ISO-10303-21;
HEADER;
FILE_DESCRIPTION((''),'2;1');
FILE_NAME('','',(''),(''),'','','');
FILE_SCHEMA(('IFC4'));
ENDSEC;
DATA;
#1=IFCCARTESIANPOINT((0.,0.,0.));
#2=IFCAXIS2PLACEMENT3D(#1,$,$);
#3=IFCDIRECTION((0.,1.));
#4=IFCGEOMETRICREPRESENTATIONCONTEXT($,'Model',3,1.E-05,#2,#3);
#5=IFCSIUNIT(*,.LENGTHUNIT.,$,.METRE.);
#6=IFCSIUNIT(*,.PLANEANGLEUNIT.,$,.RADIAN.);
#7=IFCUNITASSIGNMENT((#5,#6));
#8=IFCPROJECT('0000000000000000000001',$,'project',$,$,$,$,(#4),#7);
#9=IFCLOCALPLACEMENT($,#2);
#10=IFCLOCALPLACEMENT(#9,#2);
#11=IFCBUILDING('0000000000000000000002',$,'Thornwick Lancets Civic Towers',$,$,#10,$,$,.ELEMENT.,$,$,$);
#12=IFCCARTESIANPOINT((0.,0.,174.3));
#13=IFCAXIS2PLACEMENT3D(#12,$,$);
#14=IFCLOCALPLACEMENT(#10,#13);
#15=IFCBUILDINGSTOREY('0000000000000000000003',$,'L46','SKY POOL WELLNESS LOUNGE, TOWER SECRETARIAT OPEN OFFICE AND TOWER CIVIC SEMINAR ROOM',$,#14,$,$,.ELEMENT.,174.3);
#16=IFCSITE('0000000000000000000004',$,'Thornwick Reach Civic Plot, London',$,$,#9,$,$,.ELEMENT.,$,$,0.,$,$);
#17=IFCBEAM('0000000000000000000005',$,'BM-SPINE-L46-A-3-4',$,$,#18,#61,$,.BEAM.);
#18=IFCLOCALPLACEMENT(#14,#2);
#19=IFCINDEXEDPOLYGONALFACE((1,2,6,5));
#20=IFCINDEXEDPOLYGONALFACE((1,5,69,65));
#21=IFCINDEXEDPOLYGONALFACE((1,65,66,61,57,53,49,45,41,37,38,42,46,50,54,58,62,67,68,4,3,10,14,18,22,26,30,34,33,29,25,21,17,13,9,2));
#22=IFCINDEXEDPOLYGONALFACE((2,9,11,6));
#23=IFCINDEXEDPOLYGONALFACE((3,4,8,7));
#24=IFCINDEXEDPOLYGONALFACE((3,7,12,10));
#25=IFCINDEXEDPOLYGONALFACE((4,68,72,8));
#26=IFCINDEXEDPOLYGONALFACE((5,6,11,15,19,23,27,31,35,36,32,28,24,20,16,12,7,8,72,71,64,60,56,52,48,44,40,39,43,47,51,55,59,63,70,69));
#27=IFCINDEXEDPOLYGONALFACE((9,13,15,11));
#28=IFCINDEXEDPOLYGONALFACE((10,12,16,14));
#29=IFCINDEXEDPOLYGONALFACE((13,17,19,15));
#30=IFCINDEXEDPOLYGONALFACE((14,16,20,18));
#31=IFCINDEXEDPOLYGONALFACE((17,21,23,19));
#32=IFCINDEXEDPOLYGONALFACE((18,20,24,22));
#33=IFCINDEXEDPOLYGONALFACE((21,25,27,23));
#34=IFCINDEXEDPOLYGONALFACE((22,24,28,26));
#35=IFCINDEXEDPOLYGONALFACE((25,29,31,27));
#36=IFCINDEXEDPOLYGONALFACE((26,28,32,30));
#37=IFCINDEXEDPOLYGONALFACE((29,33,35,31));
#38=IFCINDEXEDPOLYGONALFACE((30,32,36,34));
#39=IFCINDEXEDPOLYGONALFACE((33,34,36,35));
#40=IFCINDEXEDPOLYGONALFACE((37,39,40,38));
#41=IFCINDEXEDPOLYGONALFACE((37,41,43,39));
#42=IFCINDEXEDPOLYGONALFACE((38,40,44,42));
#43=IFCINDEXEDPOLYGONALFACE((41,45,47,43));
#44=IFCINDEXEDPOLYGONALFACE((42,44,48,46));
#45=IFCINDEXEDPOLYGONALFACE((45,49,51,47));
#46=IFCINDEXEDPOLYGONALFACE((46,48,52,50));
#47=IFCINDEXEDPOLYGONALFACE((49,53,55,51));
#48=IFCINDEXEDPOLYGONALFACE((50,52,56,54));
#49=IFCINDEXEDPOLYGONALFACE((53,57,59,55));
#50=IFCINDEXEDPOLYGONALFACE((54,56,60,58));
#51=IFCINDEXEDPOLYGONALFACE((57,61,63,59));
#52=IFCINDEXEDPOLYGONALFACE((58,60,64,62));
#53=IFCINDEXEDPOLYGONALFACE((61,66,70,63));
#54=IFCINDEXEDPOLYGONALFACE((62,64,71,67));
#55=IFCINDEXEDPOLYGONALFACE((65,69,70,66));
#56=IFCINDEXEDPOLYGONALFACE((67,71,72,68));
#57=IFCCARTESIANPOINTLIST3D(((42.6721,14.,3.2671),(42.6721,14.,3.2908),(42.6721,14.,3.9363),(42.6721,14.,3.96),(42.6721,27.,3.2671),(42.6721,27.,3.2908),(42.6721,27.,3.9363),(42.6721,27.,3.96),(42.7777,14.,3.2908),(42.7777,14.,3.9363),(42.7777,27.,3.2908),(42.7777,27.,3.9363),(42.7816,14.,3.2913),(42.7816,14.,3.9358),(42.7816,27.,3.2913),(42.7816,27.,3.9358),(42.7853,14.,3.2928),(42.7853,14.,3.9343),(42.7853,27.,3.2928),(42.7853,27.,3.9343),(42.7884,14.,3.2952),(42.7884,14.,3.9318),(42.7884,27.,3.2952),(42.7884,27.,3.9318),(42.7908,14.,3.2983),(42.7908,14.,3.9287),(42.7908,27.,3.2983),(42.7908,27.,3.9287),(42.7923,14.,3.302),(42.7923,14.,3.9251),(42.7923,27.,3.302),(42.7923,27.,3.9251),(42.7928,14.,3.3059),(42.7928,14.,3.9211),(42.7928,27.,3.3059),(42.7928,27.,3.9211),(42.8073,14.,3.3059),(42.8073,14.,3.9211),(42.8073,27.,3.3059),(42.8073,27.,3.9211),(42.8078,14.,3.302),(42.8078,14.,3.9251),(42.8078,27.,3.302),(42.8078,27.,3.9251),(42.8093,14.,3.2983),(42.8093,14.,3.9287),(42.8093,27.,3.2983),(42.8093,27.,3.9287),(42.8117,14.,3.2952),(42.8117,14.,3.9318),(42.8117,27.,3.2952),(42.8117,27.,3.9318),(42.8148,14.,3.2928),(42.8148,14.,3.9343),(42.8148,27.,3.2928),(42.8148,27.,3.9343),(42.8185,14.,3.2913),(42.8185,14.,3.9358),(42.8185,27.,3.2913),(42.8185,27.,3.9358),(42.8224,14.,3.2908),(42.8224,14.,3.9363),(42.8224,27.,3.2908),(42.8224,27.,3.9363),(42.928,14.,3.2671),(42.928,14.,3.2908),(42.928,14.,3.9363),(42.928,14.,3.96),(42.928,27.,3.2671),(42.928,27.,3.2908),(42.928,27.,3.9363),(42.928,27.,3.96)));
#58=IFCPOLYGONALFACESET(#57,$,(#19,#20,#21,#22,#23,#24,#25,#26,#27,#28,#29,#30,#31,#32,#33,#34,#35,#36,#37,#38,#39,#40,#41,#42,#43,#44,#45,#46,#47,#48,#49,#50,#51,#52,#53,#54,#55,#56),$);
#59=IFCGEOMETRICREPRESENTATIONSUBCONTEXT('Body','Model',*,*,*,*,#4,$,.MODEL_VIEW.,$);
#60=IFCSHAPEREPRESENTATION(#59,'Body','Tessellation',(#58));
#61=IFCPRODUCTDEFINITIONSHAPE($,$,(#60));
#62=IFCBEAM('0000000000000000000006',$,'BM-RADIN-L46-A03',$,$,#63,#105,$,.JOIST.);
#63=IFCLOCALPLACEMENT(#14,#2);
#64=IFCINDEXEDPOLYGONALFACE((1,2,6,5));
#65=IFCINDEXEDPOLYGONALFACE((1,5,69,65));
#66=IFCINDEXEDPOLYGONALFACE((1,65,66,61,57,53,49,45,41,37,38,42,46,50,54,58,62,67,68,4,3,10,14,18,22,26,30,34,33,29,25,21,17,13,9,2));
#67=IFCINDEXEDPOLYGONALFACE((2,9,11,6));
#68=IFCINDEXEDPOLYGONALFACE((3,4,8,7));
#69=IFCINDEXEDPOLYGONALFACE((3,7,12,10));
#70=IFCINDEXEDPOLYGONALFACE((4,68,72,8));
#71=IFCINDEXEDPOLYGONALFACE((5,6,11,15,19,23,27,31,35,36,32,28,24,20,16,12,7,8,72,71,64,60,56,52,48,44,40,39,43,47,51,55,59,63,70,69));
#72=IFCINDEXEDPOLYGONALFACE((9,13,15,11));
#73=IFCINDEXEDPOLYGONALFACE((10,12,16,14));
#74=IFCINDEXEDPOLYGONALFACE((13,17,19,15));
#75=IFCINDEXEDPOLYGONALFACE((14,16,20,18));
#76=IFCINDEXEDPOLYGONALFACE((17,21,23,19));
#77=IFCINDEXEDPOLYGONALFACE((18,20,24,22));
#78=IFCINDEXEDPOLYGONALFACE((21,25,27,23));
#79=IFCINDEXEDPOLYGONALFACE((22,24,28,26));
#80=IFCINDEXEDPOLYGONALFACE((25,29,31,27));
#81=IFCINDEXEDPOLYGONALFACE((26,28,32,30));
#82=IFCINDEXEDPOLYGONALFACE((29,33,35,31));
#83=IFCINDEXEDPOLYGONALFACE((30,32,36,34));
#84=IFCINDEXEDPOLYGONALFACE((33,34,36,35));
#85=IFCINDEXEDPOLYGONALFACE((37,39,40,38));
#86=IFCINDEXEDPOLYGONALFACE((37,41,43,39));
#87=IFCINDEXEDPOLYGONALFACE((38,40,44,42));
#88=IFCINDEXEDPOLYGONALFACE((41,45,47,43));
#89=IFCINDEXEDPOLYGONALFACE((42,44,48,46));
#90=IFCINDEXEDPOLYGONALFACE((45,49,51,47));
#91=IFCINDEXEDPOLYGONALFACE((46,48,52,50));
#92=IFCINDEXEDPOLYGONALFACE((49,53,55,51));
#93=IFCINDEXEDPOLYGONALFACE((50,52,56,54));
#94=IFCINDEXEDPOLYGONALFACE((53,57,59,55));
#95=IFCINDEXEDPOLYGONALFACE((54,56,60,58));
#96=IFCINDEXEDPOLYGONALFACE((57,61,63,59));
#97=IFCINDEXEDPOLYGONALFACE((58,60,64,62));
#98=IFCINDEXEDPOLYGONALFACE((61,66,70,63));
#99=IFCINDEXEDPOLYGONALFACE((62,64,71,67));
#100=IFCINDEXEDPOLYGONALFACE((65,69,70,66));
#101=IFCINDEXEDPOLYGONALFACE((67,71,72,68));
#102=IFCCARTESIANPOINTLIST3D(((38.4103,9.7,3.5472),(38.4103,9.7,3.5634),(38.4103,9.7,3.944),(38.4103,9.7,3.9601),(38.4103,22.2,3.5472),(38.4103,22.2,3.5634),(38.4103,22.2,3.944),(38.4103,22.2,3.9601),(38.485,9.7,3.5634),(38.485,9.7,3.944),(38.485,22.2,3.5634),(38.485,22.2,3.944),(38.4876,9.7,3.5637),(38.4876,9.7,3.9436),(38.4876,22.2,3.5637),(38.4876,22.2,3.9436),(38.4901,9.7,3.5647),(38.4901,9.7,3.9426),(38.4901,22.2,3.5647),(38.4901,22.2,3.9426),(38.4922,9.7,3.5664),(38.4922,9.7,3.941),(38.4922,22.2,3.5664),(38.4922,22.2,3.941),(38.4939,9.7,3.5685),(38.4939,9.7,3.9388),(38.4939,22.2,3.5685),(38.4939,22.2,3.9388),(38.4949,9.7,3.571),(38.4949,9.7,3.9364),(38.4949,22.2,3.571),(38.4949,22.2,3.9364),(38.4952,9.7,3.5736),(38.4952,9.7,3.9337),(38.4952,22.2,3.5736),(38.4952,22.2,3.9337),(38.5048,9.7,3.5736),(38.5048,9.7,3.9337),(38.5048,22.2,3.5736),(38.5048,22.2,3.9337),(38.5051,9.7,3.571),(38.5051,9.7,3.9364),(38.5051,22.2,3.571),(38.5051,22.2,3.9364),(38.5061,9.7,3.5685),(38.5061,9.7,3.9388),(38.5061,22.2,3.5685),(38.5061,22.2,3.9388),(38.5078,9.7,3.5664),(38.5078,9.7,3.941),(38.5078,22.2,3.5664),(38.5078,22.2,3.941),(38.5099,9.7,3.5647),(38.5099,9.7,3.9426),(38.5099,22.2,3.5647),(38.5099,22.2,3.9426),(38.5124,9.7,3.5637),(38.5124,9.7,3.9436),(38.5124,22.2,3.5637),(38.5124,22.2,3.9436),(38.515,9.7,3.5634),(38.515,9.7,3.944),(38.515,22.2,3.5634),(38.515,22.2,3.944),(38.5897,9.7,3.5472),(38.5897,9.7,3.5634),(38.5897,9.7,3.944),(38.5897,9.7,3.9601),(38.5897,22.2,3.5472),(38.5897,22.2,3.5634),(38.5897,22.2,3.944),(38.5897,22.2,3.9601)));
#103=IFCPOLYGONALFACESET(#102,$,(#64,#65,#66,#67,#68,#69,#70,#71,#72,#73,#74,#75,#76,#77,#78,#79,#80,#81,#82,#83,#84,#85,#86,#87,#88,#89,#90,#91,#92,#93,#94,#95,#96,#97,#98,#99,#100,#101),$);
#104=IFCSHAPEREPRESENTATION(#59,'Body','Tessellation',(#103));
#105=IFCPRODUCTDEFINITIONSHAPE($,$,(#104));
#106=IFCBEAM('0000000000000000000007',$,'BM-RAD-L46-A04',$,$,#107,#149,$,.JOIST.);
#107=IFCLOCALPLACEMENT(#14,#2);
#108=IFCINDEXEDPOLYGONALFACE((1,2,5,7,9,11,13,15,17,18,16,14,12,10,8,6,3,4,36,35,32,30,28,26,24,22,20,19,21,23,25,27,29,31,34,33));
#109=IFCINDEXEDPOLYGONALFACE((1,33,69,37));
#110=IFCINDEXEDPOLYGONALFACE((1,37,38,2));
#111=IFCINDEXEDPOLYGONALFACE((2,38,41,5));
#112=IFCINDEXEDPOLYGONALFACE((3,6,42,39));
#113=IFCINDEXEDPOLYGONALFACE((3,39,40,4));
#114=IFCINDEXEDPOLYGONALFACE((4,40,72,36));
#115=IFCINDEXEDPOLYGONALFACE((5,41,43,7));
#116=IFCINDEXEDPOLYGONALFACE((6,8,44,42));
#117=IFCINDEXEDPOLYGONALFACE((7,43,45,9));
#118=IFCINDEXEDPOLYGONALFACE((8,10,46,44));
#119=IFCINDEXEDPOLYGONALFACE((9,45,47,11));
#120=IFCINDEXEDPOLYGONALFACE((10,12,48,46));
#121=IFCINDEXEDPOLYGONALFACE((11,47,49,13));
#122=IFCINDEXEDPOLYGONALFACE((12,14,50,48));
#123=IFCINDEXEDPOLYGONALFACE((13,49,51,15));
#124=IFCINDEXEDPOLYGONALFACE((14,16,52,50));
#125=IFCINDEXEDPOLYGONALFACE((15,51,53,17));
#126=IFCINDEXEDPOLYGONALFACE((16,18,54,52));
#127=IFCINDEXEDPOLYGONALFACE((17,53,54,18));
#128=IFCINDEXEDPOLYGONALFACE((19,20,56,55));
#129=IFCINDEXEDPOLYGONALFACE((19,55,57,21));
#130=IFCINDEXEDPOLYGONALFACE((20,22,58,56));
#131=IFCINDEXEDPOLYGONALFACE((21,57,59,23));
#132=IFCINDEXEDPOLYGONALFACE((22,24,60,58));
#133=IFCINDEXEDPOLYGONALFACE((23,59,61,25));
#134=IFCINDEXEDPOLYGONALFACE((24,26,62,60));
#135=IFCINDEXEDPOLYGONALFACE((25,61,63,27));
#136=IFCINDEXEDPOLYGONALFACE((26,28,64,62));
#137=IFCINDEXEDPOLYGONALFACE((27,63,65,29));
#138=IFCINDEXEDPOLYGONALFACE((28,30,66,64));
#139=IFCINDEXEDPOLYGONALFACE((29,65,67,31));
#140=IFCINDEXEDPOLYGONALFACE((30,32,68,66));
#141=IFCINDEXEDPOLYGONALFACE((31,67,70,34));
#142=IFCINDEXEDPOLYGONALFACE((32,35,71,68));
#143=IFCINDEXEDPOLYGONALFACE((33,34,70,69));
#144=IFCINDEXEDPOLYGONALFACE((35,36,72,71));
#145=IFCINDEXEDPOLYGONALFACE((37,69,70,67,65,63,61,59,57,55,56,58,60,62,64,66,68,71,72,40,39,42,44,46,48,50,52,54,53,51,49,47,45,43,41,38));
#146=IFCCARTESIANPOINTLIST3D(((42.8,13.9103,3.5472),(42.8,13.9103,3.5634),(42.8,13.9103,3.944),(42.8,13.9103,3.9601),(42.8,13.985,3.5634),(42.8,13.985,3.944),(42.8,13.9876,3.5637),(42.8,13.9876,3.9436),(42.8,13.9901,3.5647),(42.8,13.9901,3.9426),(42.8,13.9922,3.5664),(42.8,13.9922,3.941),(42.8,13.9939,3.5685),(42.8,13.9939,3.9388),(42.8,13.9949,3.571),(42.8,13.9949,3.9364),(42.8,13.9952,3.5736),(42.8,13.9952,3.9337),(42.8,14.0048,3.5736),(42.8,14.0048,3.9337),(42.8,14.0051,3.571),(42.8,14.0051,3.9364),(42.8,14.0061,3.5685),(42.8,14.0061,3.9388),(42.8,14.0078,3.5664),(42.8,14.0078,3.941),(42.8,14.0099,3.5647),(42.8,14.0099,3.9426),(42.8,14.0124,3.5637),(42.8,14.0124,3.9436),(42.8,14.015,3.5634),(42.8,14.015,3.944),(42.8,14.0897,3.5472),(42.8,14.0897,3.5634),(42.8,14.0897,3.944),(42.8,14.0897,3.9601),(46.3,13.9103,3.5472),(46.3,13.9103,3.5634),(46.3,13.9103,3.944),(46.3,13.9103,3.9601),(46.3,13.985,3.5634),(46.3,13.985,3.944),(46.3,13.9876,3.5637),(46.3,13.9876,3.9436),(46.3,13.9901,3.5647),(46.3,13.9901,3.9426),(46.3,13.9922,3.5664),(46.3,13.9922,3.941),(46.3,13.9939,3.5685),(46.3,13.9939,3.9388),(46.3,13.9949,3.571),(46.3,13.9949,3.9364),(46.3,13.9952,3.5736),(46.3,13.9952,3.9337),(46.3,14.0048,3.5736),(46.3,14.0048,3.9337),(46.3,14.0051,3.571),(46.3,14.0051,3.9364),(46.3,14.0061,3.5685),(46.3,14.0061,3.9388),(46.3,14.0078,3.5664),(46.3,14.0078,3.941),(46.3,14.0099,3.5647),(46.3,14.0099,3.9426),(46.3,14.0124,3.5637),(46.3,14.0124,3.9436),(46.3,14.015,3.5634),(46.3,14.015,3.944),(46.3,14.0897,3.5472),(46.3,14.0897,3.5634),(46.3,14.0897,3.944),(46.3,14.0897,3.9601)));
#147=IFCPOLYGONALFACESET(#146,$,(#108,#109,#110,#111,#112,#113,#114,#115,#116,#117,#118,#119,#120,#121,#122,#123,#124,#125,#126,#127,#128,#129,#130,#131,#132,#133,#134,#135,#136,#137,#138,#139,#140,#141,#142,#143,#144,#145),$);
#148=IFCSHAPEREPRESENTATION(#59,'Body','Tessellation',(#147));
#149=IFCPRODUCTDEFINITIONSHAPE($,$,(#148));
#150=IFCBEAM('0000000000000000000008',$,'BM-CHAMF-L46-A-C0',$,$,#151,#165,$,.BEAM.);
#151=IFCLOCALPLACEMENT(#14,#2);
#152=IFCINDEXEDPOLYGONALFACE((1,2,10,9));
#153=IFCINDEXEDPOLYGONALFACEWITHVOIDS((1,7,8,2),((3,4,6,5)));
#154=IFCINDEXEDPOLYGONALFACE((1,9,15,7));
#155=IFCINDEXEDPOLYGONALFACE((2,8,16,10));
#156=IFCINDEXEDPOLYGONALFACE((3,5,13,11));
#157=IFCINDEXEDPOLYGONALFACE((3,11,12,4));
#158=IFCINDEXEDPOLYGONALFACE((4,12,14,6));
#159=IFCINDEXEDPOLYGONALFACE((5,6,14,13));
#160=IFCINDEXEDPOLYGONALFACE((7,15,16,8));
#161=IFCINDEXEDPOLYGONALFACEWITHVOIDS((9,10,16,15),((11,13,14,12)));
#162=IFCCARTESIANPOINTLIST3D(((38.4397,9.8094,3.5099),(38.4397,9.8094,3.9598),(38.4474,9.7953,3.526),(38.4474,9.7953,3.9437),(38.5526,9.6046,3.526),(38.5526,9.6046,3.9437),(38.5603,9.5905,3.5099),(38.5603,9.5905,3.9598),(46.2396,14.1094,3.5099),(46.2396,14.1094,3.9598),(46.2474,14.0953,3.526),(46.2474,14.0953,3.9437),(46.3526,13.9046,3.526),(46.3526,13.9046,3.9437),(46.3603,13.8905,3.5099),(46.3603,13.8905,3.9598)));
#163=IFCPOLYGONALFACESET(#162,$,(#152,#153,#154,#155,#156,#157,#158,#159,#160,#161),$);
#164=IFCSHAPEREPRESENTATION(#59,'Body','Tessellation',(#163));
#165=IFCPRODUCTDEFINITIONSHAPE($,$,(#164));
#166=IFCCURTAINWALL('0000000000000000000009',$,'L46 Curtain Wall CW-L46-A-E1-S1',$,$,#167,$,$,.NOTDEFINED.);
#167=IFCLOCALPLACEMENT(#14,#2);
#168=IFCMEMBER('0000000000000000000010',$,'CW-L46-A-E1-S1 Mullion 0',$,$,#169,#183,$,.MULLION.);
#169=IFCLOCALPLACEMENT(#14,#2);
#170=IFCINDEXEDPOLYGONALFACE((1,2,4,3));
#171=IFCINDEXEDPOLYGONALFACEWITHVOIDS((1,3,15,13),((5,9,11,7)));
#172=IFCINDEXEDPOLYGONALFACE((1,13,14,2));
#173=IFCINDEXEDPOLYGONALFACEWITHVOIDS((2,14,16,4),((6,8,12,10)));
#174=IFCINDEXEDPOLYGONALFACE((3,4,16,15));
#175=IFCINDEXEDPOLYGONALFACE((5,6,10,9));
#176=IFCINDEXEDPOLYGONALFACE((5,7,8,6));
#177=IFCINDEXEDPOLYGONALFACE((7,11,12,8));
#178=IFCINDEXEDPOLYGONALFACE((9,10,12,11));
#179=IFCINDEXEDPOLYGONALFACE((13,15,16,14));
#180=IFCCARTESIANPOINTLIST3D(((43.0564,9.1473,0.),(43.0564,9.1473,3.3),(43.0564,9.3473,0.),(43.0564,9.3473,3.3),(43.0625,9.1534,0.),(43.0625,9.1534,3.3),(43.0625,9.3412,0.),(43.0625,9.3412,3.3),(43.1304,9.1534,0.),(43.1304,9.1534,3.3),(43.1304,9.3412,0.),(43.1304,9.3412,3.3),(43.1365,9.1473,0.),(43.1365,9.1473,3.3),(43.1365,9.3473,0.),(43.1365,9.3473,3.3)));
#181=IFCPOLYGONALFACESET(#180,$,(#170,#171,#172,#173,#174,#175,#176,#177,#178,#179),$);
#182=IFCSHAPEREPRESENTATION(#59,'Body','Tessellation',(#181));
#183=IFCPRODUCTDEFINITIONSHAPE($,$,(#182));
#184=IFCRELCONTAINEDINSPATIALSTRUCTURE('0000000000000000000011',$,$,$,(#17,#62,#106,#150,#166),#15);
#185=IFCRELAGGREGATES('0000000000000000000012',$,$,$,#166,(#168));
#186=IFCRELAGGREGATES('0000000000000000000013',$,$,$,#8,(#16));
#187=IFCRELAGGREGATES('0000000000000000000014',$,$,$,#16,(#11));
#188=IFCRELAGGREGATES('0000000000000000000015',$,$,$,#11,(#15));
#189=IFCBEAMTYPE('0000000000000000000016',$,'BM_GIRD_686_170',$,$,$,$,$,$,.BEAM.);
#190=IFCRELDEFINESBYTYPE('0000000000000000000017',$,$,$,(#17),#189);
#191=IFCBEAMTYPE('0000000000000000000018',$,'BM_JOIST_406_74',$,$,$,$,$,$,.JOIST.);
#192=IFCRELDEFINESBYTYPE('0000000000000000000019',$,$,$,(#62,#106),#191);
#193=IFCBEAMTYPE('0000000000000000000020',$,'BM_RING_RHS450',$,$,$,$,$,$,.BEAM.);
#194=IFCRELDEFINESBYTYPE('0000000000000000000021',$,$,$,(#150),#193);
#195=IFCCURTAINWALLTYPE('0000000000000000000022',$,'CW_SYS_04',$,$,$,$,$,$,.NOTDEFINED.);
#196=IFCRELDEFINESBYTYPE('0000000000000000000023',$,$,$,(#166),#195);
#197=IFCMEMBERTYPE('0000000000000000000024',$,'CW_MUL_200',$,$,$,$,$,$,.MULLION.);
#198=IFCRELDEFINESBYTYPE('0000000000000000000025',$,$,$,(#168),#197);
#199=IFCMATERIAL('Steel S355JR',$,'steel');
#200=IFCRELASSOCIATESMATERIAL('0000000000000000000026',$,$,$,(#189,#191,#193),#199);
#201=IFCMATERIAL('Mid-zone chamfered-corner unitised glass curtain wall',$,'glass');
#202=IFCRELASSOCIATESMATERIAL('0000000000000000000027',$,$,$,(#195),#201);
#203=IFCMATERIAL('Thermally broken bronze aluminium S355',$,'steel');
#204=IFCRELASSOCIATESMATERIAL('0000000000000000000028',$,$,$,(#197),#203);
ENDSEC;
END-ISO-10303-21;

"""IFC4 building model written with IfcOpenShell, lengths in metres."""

from ifc_helpers import new_model, si_unit, direction, frame, origin, origin_2d, place, context, subcontext, project, spatial, hollow_rectangle, i_section, extrude, material, material_profile, profile_set, type_object, element, aggregate, save


model = new_model("IFC4")

# Units and contexts
model_context = context("Model", 3, precision=1e-05, world=origin(), true_north=direction((0.0, 1.0)))
body_context = subcontext(model_context, "Body", "Model", "MODEL_VIEW")
ifc_project = project(units=[si_unit("LENGTHUNIT", "METRE"), si_unit("PLANEANGLEUNIT", "RADIAN")], contexts=[model_context])

# Site, building, storey
site_placement = place(None, origin())
site = spatial("IfcSite", under=ifc_project, at=site_placement, Name="Thornwick Reach Civic Plot, London", CompositionType="ELEMENT", RefElevation=0.0)
building_placement = place(site_placement, origin())
building = spatial("IfcBuilding", under=site, at=building_placement, Name="Thornwick Lancets Civic Towers", CompositionType="ELEMENT")
storey_placement = place(building_placement, frame((0.0, 0.0, 174.3)))
storey = spatial("IfcBuildingStorey", under=building, at=storey_placement, Name="L46", Description="SKY POOL WELLNESS LOUNGE, TOWER SECRETARIAT OPEN OFFICE AND TOWER CIVIC SEMINAR ROOM", CompositionType="ELEMENT", Elevation=174.3)

# Beams
ifc_material_1 = material(Name="Steel S355JR", Category="steel")
ifc_material_profile_1 = material_profile(ifc_material_1, i_section(OverallWidth=0.2559, OverallDepth=0.6929, WebThickness=0.0144, FlangeThickness=0.0237, FilletRadius=0.0151, at=origin_2d()), Name="UKB 686x254x170")
ifc_profile_set_1 = profile_set([ifc_material_profile_1], Name="Steel S355JR")
beam_type_1 = type_object("IfcBeamType", Name="BM_GIRD_686_170", PredefinedType="BEAM", material=ifc_profile_set_1)
beam_1_placement = place(storey_placement, frame((42.8, 14.0, 3.6135), z_axis=(0.0, 1.0, 0.0), x_axis=(-1.0, 0.0, 0.0)))
element("IfcBeam", 1, at=beam_1_placement, inside=storey, type_object=beam_type_1, Name="BM-SPINE-L46-A-3-4", PredefinedType="BEAM", context=body_context, shape_type="SweptSolid", body=[
    extrude(i_section(OverallWidth=0.2559, OverallDepth=0.6929, WebThickness=0.0144, FlangeThickness=0.0237, FilletRadius=0.0151, at=origin_2d()), origin(), (0.0, 0.0, 1.0), 13.0),
])
ifc_material_profile_2 = material_profile(ifc_material_1, i_section(OverallWidth=0.1794, OverallDepth=0.4128, WebThickness=0.0095, FlangeThickness=0.0161, FilletRadius=0.0103, at=origin_2d()), Name="UKB 406x178x74")
ifc_profile_set_2 = profile_set([ifc_material_profile_2], Name="Steel S355JR")
beam_type_2 = type_object("IfcBeamType", Name="BM_JOIST_406_74", PredefinedType="JOIST", material=ifc_profile_set_2)
beam_2_placement = place(storey_placement, frame((38.5, 22.2, 3.7537), z_axis=(0.0, -1.0, 0.0), x_axis=(1.0, 0.0, 0.0)))
element("IfcBeam", 2, at=beam_2_placement, inside=storey, type_object=beam_type_2, Name="BM-RADIN-L46-A03", PredefinedType="JOIST", context=body_context, shape_type="SweptSolid", body=[
    extrude(i_section(OverallWidth=0.1794, OverallDepth=0.4128, WebThickness=0.0095, FlangeThickness=0.0161, FilletRadius=0.0103, at=origin_2d()), origin(), (0.0, 0.0, 1.0), 12.5),
])
beam_3_placement = place(storey_placement, frame((42.8, 14.0, 3.7537), z_axis=(1.0, 0.0, 0.0), x_axis=(0.0, 1.0, 0.0)))
element("IfcBeam", 3, at=beam_3_placement, inside=storey, type_object=beam_type_2, Name="BM-RAD-L46-A04", PredefinedType="JOIST", context=body_context, shape_type="SweptSolid", body=[
    extrude(i_section(OverallWidth=0.1794, OverallDepth=0.4128, WebThickness=0.0095, FlangeThickness=0.0161, FilletRadius=0.0103, at=origin_2d()), origin(), (0.0, 0.0, 1.0), 3.5),
])
ifc_material_profile_3 = material_profile(ifc_material_1, hollow_rectangle(XDim=0.25, YDim=0.45, WallThickness=0.0161, at=origin_2d()), Name="RHS 450x250x16")
ifc_profile_set_3 = profile_set([ifc_material_profile_3], Name="Steel S355JR")
beam_type_3 = type_object("IfcBeamType", Name="BM_RING_RHS450", PredefinedType="BEAM", material=ifc_profile_set_3)
beam_4_placement = place(storey_placement, frame((38.5, 9.7, 3.7349), z_axis=(0.87574, 0.482782, 0.0), x_axis=(-0.482782, 0.87574, 0.0)))
element("IfcBeam", 4, at=beam_4_placement, inside=storey, type_object=beam_type_3, Name="BM-CHAMF-L46-A-C0", PredefinedType="BEAM", context=body_context, shape_type="SweptSolid", body=[
    extrude(hollow_rectangle(XDim=0.25, YDim=0.45, WallThickness=0.0161, at=origin_2d()), origin(), (0.0, 0.0, 1.0), 8.9067),
])

# Curtain wall, member
ifc_material_2 = material(Name="Mid-zone chamfered-corner unitised glass curtain wall", Category="glass")
curtain_wall_type = type_object("IfcCurtainWallType", Name="CW_SYS_04", PredefinedType="NOTDEFINED", material=ifc_material_2)
curtain_wall_1_placement = place(storey_placement, origin())
curtain_wall_1 = element("IfcCurtainWall", 5, at=curtain_wall_1_placement, inside=storey, type_object=curtain_wall_type, Name="L46 Curtain Wall CW-L46-A-E1-S1", PredefinedType="NOTDEFINED")
ifc_material_3 = material(Name="Thermally broken bronze aluminium S355", Category="steel")
ifc_material_profile_4 = material_profile(ifc_material_3, hollow_rectangle(XDim=0.0801, YDim=0.2, WallThickness=0.0061, at=origin_2d()), Name="RHS 200x80x6")
ifc_profile_set_4 = profile_set([ifc_material_profile_4], Name="Thermally broken bronze aluminium S355")
member_type_1 = type_object("IfcMemberType", Name="CW_MUL_200", PredefinedType="MULLION", material=ifc_profile_set_4)
member_1_placement = place(storey_placement, frame((43.0964, 9.2473, 0.0), z_axis=(0.0, 0.0, 1.0), x_axis=(1.0, 0.0, 0.0)))
member_1 = element("IfcMember", 6, at=member_1_placement, type_object=member_type_1, Name="CW-L46-A-E1-S1 Mullion 0", PredefinedType="MULLION", context=body_context, shape_type="SweptSolid", body=[
    extrude(hollow_rectangle(XDim=0.0801, YDim=0.2, WallThickness=0.0061, at=origin_2d()), origin(), (0.0, 0.0, 1.0), 3.3),
])

aggregate(curtain_wall_1, [member_1])

save(model, "model.ifc")
